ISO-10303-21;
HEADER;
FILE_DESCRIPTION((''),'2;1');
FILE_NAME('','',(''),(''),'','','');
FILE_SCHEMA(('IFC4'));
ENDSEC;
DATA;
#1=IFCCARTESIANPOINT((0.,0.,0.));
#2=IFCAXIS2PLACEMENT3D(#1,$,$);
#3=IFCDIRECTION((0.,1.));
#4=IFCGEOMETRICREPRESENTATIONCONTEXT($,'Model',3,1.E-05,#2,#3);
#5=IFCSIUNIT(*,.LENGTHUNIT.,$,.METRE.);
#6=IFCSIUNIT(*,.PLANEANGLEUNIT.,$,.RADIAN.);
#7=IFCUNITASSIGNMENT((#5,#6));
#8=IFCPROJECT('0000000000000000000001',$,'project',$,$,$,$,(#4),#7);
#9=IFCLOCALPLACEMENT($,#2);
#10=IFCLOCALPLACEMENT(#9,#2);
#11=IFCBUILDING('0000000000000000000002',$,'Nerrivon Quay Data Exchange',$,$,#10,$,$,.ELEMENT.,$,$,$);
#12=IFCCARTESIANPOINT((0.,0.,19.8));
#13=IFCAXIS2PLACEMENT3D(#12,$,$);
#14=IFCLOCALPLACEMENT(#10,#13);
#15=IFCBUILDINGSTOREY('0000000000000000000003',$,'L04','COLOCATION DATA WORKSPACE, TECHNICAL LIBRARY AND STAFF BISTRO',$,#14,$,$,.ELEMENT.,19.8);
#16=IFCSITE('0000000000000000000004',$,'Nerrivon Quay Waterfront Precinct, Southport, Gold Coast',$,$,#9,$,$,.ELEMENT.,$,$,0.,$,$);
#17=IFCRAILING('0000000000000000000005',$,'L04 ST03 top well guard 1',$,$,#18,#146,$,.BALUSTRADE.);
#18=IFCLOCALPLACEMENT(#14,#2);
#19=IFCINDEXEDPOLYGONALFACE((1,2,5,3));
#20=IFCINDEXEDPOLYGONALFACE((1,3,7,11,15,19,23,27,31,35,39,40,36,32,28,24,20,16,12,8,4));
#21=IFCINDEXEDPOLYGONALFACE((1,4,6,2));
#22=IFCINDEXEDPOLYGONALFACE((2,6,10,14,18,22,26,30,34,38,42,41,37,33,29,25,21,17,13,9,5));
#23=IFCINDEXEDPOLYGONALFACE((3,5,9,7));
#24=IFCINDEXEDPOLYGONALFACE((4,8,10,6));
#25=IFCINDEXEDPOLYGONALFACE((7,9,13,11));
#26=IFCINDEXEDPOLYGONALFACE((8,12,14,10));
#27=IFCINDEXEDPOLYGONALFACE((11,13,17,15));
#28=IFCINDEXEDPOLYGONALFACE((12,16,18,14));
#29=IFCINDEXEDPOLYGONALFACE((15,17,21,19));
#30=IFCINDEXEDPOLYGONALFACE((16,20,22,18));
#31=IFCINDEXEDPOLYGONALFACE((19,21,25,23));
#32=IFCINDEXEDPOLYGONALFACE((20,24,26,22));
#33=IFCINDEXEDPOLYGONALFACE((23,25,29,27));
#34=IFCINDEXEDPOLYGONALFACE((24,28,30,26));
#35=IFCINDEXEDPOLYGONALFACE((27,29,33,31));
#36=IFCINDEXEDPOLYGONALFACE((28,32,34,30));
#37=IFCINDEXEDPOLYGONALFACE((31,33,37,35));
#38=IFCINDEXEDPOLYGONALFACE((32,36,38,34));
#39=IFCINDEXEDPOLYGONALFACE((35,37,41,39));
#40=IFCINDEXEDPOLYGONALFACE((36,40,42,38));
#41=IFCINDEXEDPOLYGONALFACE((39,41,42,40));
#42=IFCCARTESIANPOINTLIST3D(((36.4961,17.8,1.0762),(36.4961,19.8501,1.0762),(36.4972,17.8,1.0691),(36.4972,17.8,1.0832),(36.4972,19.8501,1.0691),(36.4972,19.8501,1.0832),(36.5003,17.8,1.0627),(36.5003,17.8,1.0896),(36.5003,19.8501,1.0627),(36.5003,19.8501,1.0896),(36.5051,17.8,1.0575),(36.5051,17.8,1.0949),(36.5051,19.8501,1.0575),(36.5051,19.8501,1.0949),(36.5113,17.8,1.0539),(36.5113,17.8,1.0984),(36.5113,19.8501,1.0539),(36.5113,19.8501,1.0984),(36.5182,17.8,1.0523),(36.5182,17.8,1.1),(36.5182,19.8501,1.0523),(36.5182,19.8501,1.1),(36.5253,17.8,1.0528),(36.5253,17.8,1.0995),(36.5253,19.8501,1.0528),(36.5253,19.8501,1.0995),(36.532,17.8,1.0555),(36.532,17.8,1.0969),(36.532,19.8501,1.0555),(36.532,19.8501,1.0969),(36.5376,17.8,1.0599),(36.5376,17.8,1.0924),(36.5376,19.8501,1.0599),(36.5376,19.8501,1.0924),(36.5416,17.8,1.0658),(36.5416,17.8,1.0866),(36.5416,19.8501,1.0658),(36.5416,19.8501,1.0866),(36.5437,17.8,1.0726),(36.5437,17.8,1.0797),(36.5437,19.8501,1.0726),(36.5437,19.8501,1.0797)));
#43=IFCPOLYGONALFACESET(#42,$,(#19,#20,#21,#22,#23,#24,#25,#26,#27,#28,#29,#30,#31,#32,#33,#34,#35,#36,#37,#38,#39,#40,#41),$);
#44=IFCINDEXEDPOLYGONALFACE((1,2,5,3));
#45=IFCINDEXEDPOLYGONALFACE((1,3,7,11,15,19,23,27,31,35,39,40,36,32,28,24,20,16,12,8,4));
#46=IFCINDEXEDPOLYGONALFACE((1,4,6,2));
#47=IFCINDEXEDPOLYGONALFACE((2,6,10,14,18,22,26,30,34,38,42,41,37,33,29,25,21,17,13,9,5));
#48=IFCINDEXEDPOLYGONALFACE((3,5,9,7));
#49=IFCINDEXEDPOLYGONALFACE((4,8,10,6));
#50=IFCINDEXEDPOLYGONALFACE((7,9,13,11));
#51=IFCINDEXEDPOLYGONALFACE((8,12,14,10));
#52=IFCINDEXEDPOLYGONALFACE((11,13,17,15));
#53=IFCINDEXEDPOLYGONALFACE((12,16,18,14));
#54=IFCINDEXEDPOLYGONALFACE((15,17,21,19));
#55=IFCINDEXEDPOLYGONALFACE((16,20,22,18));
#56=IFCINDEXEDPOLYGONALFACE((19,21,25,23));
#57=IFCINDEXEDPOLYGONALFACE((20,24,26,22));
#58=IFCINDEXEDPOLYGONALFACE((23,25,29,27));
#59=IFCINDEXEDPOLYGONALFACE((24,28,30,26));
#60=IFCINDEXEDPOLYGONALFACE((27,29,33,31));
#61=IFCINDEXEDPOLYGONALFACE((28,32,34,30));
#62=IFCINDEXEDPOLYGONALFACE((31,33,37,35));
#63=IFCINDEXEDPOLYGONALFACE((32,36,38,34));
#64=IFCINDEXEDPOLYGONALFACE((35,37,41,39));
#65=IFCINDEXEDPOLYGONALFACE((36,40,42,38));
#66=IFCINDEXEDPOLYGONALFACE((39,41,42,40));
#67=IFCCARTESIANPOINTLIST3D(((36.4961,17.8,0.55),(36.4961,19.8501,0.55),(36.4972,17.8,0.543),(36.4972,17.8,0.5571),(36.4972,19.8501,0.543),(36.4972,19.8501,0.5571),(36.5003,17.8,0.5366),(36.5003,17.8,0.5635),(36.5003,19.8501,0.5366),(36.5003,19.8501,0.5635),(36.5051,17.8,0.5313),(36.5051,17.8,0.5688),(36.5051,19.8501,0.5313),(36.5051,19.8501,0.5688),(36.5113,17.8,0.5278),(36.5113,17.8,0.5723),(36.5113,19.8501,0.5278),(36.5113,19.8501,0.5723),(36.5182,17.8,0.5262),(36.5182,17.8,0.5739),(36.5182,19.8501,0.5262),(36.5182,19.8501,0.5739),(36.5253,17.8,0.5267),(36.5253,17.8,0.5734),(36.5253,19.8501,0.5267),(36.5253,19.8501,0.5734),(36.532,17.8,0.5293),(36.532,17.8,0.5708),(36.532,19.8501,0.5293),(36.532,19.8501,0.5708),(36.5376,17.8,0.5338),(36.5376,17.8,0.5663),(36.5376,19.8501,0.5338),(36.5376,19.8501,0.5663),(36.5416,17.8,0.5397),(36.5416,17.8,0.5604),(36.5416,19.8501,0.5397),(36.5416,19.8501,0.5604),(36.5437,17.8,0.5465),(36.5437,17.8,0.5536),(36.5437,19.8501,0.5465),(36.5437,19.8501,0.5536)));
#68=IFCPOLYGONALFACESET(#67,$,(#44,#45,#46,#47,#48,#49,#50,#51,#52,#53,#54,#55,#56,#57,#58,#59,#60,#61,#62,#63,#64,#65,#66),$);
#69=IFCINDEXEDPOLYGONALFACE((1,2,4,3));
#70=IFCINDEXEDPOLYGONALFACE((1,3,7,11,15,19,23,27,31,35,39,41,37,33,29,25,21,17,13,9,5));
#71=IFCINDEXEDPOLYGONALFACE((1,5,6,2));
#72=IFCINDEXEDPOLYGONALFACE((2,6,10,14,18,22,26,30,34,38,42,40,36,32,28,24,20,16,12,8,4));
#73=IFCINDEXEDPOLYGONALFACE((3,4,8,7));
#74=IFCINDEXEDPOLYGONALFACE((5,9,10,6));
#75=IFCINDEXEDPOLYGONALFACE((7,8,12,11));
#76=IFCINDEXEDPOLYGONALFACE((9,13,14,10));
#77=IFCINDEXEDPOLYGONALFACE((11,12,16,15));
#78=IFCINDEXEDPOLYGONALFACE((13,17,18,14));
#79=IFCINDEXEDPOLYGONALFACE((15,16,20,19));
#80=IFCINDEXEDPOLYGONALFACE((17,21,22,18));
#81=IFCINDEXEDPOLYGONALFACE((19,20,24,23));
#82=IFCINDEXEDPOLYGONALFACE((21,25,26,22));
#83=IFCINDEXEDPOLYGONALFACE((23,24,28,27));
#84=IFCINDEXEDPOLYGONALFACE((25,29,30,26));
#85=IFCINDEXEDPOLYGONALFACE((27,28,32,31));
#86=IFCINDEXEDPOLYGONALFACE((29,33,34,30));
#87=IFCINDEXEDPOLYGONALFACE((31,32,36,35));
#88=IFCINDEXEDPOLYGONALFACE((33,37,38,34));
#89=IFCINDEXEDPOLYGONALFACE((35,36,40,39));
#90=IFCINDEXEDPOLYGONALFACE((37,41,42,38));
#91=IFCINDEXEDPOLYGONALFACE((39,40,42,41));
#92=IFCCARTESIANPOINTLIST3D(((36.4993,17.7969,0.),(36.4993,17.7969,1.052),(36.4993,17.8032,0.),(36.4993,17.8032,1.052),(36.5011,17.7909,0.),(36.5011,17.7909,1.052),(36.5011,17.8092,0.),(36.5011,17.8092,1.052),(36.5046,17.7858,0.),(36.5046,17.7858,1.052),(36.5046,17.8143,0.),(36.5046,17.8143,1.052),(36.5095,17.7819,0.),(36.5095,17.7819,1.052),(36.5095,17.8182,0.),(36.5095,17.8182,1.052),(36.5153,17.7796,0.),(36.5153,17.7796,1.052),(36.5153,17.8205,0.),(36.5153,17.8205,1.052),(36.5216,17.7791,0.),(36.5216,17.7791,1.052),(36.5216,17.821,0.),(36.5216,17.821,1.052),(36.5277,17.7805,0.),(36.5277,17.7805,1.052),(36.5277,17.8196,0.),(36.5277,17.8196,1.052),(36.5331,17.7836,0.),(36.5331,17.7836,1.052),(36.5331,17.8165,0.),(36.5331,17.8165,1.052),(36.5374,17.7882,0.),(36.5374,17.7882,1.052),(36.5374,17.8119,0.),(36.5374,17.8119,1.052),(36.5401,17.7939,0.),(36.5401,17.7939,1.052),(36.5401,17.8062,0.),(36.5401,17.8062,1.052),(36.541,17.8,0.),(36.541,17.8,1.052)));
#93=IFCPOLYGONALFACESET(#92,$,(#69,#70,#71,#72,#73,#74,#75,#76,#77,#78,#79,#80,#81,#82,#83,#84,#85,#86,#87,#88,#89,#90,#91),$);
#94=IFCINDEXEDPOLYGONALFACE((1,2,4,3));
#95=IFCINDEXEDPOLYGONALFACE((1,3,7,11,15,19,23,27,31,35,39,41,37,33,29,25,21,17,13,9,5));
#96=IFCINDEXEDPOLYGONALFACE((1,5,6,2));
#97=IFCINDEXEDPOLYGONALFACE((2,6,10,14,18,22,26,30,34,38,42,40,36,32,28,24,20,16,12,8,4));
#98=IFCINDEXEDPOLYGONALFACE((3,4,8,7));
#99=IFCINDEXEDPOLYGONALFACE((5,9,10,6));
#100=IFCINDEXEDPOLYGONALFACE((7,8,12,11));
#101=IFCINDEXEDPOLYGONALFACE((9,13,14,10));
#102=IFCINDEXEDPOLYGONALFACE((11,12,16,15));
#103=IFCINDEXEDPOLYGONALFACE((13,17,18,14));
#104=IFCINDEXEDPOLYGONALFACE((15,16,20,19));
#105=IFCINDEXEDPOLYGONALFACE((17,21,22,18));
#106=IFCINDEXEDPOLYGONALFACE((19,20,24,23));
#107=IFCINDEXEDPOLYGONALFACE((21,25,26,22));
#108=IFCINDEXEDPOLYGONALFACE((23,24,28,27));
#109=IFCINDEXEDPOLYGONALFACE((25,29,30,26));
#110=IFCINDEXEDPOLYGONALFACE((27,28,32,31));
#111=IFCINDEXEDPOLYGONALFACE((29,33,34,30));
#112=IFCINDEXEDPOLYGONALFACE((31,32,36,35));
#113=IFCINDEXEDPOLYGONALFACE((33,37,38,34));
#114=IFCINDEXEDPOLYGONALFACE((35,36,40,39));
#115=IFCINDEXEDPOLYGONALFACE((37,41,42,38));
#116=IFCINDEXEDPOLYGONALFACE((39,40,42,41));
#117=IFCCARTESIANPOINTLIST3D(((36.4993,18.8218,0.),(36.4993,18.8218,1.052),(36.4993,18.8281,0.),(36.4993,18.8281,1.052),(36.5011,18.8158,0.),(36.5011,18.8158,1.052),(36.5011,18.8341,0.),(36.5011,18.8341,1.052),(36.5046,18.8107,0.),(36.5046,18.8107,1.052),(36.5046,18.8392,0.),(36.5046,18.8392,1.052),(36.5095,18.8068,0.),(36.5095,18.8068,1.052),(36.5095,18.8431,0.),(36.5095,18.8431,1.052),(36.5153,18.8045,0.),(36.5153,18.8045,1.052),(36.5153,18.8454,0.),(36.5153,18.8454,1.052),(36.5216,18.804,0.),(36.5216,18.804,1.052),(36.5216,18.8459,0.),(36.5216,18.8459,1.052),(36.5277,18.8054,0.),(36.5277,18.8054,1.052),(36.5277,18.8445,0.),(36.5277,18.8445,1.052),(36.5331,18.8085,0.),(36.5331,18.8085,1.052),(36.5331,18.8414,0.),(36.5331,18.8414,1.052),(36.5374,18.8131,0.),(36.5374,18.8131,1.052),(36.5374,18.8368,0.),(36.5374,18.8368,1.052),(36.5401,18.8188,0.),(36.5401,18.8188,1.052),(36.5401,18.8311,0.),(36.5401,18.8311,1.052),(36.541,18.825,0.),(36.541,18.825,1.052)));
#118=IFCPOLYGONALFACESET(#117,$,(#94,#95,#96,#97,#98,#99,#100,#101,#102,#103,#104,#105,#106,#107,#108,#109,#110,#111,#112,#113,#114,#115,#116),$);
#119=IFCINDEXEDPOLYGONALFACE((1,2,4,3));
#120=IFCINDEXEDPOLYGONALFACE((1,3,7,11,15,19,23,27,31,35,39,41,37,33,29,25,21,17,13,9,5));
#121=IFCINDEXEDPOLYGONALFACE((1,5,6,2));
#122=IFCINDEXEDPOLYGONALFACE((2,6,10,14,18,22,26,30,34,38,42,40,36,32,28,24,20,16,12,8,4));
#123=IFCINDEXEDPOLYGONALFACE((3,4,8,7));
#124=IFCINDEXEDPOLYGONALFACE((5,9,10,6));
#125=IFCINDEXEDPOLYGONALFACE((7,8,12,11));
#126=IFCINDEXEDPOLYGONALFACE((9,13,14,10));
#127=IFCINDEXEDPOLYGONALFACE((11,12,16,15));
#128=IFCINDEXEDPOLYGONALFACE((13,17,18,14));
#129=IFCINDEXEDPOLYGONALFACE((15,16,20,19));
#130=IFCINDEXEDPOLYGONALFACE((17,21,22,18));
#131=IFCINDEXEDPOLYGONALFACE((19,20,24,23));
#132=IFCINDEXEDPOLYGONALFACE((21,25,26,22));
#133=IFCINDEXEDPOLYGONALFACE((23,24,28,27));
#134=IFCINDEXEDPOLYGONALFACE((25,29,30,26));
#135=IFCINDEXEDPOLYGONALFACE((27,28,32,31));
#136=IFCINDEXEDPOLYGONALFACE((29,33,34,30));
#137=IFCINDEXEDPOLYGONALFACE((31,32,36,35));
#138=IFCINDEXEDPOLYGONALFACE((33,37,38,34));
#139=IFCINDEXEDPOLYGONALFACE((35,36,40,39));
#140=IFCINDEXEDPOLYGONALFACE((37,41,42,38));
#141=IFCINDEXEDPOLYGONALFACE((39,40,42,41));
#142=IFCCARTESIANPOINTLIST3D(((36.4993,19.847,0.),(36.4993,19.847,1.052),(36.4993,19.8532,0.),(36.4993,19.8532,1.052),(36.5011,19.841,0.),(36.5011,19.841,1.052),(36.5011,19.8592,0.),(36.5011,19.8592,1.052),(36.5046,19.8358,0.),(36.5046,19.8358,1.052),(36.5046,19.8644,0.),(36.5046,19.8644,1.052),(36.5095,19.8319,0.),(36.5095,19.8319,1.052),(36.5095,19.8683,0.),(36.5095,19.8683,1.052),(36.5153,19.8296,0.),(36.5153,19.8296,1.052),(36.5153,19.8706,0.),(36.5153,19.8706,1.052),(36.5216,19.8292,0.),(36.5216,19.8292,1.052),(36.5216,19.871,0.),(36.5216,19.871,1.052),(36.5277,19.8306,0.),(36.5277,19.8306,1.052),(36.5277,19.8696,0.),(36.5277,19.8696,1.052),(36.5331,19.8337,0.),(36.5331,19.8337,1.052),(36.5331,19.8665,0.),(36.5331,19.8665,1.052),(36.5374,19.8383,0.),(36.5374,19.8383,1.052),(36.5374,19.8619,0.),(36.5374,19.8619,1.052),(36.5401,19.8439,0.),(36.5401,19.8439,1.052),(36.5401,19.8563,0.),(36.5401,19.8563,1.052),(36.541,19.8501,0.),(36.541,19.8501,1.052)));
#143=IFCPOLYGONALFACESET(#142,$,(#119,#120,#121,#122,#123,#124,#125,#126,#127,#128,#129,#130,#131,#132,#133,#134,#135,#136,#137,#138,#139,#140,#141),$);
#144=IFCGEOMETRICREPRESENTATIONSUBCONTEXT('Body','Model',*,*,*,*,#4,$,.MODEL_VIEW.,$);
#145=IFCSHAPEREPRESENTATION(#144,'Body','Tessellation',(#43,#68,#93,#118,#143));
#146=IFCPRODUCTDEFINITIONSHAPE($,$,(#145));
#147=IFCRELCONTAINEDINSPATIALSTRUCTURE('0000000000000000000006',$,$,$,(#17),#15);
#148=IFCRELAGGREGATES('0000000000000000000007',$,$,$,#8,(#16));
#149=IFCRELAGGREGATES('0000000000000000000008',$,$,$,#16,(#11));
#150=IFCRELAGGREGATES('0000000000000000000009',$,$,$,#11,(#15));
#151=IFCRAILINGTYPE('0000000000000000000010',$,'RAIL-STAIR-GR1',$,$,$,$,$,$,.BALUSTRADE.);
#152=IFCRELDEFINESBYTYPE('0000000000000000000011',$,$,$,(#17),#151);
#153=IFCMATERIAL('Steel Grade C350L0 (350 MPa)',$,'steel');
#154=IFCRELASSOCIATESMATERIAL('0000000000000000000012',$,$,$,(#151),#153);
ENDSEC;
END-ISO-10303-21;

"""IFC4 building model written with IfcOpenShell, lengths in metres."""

from ifc_helpers import new_model, si_unit, direction, frame, origin, origin_2d, place, context, subcontext, project, spatial, circle, extrude, material, type_object, element, save


model = new_model("IFC4")

# Units and contexts
model_context = context("Model", 3, precision=1e-05, world=origin(), true_north=direction((0.0, 1.0)))
body_context = subcontext(model_context, "Body", "Model", "MODEL_VIEW")
ifc_project = project(units=[si_unit("LENGTHUNIT", "METRE"), si_unit("PLANEANGLEUNIT", "RADIAN")], contexts=[model_context])

# Site, building, storey
site_placement = place(None, origin())
site = spatial("IfcSite", under=ifc_project, at=site_placement, Name="Nerrivon Quay Waterfront Precinct, Southport, Gold Coast", CompositionType="ELEMENT", RefElevation=0.0)
building_placement = place(site_placement, origin())
building = spatial("IfcBuilding", under=site, at=building_placement, Name="Nerrivon Quay Data Exchange", CompositionType="ELEMENT")
storey_placement = place(building_placement, frame((0.0, 0.0, 19.8)))
storey = spatial("IfcBuildingStorey", under=building, at=storey_placement, Name="L04", Description="COLOCATION DATA WORKSPACE, TECHNICAL LIBRARY AND STAFF BISTRO", CompositionType="ELEMENT", Elevation=19.8)

# Railing
ifc_material_1 = material(Name="Steel Grade C350L0 (350 MPa)", Category="steel")
railing_type_1 = type_object("IfcRailingType", Name="RAIL-STAIR-GR1", PredefinedType="BALUSTRADE", material=ifc_material_1)
railing_1_placement = place(storey_placement, frame((36.52, 17.8, 0.0)))
element("IfcRailing", 1, at=railing_1_placement, inside=storey, type_object=railing_type_1, Name="L04 ST03 top well guard 1", PredefinedType="BALUSTRADE", context=body_context, shape_type="SweptSolid", body=[
    extrude(circle(Radius=0.0239, at=origin_2d()), frame((0.0, 0.0, 1.0762), z_axis=(0.0, 1.0, 0.0), x_axis=(-1.0, 0.0, 0.0)), (0.0, 0.0, 1.0), 2.05),
    extrude(circle(Radius=0.0239, at=origin_2d()), frame((0.0, 0.0, 0.55), z_axis=(0.0, 1.0, 0.0), x_axis=(-1.0, 0.0, 0.0)), (0.0, 0.0, 1.0), 2.05),
    extrude(circle(Radius=0.021, at=origin_2d()), origin(), (0.0, 0.0, 1.0), 1.052),
    extrude(circle(Radius=0.021, at=origin_2d()), frame((0.0, 1.0249, 0.0)), (0.0, 0.0, 1.0), 1.052),
    extrude(circle(Radius=0.021, at=origin_2d()), frame((0.0, 2.05, 0.0)), (0.0, 0.0, 1.0), 1.052),
])

save(model, "model.ifc")
